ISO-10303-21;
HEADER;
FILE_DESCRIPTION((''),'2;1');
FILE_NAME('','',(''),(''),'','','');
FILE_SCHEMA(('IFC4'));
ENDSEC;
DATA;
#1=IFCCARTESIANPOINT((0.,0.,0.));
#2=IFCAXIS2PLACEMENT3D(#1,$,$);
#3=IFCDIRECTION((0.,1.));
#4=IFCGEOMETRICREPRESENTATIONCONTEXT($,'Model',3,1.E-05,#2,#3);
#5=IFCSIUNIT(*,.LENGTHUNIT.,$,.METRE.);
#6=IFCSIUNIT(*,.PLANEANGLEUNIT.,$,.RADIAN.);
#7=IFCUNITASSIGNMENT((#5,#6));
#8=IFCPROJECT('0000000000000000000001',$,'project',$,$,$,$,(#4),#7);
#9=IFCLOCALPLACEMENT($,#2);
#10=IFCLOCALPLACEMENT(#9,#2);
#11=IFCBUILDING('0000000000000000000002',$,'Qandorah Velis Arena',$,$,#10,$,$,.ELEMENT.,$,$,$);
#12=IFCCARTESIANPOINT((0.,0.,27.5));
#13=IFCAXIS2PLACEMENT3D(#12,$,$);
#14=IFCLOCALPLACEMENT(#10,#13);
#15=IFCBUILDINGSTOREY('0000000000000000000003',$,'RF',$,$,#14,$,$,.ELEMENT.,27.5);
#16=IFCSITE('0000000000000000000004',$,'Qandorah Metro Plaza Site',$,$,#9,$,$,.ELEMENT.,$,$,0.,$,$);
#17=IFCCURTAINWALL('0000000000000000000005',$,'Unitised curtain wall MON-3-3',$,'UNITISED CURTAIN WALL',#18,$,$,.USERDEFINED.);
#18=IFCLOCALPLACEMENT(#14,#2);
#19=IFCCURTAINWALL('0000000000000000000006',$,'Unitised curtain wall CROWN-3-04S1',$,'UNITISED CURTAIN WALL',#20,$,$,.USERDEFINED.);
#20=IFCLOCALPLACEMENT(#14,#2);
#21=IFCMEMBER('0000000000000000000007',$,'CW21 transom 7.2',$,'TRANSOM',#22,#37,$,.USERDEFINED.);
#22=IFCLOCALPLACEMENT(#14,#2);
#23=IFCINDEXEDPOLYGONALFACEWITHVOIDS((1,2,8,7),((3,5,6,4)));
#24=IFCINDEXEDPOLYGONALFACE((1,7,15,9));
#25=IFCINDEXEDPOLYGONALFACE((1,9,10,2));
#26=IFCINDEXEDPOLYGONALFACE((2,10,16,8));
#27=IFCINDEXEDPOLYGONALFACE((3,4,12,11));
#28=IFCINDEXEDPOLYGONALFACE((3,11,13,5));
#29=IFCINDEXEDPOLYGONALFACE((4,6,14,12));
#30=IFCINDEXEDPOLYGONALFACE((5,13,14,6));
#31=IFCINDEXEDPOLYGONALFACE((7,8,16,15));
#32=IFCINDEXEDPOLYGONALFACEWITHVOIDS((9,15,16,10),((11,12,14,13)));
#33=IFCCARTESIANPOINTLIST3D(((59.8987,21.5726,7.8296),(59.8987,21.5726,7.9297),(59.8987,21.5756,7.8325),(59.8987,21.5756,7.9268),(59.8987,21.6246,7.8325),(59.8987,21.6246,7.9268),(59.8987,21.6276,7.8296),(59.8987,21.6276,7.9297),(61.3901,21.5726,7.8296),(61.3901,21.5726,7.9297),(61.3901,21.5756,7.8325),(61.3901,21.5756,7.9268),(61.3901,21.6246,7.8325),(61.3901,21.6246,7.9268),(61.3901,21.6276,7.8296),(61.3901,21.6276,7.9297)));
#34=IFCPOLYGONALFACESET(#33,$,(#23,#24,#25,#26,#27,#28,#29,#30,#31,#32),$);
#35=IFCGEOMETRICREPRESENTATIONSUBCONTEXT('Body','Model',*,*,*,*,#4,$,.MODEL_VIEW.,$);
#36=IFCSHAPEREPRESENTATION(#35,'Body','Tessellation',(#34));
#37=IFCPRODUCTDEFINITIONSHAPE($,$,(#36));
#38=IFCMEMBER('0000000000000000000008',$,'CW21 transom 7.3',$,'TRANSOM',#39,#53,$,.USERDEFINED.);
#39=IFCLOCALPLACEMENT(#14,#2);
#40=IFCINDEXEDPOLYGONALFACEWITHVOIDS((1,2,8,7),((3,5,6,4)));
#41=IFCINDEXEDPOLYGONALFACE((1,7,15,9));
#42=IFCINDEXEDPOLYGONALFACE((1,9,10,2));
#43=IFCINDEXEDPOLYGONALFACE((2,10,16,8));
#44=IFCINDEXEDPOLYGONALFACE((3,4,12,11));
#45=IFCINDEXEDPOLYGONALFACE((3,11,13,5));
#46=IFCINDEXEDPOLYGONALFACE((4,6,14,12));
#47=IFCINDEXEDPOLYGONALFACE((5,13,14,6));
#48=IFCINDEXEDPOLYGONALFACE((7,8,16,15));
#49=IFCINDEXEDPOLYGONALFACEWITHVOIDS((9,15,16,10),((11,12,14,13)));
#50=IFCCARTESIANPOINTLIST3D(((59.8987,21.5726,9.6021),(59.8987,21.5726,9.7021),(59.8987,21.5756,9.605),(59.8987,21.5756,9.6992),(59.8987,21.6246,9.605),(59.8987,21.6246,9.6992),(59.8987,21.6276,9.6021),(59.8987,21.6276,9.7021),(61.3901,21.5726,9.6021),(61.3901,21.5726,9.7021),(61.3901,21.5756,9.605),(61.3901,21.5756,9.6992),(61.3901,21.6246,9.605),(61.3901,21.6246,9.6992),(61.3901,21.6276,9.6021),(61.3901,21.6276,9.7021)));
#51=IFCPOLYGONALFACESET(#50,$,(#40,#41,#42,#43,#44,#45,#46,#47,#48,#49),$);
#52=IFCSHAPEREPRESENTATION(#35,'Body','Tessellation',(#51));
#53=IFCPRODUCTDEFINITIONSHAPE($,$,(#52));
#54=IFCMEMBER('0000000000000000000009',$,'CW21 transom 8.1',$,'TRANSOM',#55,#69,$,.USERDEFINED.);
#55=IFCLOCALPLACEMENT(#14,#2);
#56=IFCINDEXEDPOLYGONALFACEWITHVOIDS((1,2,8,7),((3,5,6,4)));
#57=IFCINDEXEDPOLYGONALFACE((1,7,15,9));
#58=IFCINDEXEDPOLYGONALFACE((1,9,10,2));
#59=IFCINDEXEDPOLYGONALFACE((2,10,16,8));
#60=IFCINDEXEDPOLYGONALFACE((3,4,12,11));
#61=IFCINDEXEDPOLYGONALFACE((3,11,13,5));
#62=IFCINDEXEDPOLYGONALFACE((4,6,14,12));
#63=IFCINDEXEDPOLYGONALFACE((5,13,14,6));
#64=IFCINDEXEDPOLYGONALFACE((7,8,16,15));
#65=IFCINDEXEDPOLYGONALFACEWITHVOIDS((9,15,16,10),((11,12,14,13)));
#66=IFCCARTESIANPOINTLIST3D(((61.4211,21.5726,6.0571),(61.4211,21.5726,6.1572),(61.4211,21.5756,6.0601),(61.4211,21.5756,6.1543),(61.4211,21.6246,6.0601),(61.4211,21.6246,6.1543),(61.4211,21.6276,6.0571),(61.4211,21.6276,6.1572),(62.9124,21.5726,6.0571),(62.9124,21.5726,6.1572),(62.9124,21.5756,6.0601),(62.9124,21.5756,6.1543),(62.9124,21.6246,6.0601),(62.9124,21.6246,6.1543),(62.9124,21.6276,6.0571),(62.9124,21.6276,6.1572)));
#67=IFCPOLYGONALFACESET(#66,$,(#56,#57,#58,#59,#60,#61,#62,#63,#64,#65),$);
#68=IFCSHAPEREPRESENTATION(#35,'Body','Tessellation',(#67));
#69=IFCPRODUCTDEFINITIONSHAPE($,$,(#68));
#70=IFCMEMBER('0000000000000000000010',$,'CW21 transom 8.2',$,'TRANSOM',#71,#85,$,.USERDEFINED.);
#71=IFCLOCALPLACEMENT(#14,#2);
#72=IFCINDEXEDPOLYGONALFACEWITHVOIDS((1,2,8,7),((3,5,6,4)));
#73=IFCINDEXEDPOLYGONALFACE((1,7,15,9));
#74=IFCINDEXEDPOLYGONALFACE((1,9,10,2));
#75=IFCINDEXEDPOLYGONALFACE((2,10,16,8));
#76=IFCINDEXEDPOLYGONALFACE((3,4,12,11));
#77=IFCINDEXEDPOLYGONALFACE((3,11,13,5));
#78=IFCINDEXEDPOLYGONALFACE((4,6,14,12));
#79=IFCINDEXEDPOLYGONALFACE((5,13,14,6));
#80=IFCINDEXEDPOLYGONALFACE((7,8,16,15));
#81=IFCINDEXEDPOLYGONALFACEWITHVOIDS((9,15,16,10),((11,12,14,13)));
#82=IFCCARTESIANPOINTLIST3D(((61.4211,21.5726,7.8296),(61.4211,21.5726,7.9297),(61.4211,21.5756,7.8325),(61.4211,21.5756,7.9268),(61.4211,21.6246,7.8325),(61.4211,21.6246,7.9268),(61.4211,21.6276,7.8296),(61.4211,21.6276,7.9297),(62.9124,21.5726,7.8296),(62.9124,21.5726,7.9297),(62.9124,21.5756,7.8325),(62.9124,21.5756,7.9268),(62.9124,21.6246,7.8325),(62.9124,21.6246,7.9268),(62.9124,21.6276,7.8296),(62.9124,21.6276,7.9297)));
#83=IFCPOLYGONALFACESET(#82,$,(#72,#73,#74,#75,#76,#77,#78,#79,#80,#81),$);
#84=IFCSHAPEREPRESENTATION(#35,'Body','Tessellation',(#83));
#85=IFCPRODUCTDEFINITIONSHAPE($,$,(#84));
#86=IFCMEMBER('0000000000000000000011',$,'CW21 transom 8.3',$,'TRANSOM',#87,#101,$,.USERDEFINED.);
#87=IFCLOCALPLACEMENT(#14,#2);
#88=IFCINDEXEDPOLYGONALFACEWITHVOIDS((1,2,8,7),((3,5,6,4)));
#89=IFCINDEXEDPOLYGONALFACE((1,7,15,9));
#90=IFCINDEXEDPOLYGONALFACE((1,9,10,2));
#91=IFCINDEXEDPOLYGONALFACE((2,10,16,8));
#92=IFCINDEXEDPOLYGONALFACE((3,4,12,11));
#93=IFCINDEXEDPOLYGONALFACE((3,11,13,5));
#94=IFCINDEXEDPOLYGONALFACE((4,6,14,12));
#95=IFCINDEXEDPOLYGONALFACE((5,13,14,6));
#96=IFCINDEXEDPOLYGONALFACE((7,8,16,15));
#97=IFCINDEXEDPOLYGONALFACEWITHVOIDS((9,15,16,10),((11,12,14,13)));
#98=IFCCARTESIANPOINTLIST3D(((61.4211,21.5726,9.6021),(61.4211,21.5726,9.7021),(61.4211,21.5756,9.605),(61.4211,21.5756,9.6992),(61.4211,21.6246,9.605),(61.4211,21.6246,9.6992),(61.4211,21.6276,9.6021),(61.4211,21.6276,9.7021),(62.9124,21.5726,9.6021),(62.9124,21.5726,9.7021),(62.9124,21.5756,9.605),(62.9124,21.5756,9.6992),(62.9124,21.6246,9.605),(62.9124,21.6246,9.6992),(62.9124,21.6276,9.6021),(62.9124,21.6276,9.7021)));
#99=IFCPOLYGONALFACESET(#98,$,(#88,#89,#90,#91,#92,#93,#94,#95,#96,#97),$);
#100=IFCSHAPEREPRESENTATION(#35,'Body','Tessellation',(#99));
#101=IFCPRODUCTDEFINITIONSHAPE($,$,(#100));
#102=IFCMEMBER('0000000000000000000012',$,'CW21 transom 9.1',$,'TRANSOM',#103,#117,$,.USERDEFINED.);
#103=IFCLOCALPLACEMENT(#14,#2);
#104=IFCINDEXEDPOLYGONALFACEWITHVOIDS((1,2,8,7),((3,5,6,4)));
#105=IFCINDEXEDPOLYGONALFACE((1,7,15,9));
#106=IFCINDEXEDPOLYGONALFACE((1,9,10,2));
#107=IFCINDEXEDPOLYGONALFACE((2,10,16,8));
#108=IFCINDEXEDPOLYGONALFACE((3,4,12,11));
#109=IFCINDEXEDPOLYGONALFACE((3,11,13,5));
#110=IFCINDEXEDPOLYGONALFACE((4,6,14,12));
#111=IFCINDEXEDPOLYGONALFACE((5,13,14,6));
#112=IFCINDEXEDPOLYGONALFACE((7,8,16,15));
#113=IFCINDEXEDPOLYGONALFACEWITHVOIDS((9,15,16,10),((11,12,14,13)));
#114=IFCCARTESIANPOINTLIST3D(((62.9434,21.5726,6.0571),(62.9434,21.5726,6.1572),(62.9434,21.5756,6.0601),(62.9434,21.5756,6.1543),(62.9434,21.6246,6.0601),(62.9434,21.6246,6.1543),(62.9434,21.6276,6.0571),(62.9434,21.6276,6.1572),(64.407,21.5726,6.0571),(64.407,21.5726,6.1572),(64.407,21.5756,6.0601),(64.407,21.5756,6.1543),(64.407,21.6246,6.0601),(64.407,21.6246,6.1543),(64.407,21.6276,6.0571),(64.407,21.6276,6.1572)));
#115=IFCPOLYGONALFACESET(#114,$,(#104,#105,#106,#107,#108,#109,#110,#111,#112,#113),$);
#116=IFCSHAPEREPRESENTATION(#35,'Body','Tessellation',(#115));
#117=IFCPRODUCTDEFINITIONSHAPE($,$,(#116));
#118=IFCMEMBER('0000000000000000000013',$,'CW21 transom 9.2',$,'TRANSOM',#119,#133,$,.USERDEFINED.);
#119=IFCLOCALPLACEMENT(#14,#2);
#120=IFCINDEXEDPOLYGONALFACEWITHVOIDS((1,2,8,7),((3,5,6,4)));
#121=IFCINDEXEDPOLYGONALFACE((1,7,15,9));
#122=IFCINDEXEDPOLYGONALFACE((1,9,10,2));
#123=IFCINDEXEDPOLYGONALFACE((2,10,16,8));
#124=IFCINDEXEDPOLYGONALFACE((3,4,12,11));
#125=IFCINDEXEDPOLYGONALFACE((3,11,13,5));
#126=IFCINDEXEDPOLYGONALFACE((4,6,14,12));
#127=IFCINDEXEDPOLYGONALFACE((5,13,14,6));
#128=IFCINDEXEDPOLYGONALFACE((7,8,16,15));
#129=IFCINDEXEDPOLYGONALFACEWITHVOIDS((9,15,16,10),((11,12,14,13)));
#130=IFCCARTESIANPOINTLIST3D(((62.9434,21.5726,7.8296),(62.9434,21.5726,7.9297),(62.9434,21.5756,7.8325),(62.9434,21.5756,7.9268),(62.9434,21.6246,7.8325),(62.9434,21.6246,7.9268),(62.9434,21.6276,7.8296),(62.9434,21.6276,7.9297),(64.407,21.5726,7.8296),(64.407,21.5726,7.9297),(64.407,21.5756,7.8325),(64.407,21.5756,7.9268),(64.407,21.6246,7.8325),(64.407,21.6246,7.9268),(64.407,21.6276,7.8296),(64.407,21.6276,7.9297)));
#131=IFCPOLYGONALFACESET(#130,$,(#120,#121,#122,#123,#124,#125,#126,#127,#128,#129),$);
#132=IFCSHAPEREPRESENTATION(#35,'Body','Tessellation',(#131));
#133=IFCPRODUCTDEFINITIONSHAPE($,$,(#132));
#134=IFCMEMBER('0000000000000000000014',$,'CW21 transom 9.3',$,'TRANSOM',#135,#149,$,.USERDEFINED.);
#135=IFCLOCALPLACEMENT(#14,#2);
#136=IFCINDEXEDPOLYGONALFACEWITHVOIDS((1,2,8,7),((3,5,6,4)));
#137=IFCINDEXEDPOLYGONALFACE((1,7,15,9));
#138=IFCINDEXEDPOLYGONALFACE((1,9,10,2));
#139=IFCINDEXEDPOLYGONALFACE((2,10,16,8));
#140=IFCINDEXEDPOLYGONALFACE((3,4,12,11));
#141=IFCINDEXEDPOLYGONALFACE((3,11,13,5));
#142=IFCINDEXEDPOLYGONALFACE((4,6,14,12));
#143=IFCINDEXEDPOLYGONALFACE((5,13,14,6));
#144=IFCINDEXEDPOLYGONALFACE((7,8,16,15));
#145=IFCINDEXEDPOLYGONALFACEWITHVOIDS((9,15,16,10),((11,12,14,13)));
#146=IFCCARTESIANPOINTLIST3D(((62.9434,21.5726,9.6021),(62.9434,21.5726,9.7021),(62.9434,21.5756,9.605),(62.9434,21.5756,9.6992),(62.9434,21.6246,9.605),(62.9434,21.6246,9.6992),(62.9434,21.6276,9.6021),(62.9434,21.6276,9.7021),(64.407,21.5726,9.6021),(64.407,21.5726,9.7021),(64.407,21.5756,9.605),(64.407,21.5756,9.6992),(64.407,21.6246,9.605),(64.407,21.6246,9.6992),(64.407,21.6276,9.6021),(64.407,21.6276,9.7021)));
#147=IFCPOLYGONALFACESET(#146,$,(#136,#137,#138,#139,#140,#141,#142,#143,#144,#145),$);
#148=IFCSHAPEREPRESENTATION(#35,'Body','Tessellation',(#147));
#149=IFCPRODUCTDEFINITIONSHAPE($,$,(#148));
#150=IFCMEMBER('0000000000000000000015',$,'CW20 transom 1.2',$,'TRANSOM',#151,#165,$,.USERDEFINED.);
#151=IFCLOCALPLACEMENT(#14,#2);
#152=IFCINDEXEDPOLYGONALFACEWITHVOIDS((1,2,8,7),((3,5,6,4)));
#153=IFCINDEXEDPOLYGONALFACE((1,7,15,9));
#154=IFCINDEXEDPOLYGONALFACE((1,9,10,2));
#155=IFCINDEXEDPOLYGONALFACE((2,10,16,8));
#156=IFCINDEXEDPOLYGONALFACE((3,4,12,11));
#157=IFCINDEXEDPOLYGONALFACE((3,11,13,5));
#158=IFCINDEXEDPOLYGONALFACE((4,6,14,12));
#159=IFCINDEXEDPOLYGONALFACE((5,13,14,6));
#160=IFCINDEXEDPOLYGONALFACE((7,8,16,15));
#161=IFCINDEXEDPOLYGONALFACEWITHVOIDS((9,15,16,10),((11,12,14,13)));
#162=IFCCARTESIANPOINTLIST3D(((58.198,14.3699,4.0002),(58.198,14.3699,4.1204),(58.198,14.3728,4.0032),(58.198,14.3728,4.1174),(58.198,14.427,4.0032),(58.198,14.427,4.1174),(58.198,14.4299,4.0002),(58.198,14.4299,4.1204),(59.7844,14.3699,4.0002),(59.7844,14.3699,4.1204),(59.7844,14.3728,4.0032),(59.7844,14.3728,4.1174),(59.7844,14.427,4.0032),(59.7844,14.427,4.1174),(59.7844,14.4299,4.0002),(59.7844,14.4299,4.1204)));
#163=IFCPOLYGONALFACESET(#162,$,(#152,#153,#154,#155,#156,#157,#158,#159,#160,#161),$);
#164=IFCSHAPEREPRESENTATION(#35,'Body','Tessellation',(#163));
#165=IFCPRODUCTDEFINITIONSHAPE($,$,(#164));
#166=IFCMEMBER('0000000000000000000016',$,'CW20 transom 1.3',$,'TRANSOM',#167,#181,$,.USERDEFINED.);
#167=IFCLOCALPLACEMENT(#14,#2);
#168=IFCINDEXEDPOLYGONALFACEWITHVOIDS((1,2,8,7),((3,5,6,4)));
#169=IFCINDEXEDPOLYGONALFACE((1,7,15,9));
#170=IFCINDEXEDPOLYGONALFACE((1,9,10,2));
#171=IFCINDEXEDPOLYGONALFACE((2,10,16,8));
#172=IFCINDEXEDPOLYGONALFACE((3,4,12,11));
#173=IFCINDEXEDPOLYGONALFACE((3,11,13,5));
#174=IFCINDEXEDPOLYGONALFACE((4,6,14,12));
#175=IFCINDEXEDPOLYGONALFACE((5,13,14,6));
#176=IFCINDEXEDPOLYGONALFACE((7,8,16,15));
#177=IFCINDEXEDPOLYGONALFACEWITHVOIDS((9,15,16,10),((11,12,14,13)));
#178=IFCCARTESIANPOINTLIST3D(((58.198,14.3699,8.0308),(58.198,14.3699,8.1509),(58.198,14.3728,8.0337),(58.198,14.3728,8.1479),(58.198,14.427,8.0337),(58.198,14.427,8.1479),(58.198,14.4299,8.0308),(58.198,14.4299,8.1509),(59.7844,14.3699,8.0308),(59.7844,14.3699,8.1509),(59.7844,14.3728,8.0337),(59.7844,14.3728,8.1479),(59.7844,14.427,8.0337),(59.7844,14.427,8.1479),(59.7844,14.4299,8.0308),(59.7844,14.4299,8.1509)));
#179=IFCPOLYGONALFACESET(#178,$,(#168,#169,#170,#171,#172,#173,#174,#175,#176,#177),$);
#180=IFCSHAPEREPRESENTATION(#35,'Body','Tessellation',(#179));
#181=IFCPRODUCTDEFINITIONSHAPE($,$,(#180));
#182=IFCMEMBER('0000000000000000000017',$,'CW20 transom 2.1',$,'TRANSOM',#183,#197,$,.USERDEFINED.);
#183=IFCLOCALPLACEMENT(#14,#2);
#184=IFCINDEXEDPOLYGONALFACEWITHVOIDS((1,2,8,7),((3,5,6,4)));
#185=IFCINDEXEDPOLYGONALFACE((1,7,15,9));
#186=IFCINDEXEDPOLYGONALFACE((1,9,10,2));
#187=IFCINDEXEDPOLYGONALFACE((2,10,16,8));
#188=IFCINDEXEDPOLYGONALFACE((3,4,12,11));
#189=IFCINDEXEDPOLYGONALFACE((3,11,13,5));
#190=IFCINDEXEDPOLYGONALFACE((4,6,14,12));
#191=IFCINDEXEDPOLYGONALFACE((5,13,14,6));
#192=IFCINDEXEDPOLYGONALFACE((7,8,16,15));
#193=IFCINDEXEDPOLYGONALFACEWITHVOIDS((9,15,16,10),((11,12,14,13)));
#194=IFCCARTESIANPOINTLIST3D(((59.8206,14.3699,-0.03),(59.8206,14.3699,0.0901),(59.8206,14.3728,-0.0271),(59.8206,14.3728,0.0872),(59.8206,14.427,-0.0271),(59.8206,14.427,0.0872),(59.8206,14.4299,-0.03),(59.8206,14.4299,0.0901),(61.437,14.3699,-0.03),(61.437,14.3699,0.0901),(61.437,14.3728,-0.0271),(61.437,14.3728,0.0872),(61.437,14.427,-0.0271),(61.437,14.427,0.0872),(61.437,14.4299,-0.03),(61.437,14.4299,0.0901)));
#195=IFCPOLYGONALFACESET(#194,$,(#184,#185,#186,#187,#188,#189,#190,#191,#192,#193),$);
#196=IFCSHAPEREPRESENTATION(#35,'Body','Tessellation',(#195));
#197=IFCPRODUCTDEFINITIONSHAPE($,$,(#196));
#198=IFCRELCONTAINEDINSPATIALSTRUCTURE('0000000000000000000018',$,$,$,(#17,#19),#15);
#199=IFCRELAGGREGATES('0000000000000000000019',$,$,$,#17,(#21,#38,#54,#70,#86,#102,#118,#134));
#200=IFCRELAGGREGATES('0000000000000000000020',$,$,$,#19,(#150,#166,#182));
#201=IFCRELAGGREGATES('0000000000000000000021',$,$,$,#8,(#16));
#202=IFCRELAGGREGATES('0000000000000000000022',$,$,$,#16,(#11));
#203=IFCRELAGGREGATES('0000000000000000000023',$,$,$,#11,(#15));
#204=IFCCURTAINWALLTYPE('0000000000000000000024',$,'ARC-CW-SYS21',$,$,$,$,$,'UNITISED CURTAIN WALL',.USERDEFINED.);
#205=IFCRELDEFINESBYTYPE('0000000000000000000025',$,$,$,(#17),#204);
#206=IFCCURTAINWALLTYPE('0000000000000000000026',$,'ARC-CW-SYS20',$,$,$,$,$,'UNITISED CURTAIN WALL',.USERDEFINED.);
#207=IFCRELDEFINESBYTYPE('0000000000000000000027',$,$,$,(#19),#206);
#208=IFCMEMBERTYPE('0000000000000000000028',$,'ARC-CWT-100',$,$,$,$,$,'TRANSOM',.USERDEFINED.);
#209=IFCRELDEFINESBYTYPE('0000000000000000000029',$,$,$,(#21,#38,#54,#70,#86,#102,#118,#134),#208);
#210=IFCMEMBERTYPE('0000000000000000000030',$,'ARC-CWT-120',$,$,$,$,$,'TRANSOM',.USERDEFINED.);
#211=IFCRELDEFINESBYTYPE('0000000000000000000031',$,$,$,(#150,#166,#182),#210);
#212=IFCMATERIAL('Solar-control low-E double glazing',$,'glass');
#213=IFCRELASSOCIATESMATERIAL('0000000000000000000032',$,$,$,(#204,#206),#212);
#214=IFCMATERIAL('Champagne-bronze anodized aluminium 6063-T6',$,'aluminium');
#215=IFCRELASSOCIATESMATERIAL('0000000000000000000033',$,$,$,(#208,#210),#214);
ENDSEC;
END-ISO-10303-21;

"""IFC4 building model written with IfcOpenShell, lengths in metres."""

from ifc_helpers import new_model, si_unit, direction, frame, origin, origin_2d, place, context, subcontext, project, spatial, hollow_rectangle, extrude, material, material_profile, profile_set, type_object, element, aggregate, save


model = new_model("IFC4")

# Units and contexts
model_context = context("Model", 3, precision=1e-05, world=origin(), true_north=direction((0.0, 1.0)))
body_context = subcontext(model_context, "Body", "Model", "MODEL_VIEW")
ifc_project = project(units=[si_unit("LENGTHUNIT", "METRE"), si_unit("PLANEANGLEUNIT", "RADIAN")], contexts=[model_context])

# Site, building, storey
site_placement = place(None, origin())
site = spatial("IfcSite", under=ifc_project, at=site_placement, Name="Qandorah Metro Plaza Site", CompositionType="ELEMENT", RefElevation=0.0)
building_placement = place(site_placement, origin())
building = spatial("IfcBuilding", under=site, at=building_placement, Name="Qandorah Velis Arena", CompositionType="ELEMENT")
storey_placement = place(building_placement, frame((0.0, 0.0, 27.5)))
storey = spatial("IfcBuildingStorey", under=building, at=storey_placement, Name="RF", CompositionType="ELEMENT", Elevation=27.5)

# Curtain walls
ifc_material_1 = material(Name="Solar-control low-E double glazing", Category="glass")
curtain_wall_type_1 = type_object("IfcCurtainWallType", Name="ARC-CW-SYS21", ElementType="UNITISED CURTAIN WALL", PredefinedType="USERDEFINED", material=ifc_material_1)
curtain_wall_1_placement = place(storey_placement, origin())
curtain_wall_1 = element("IfcCurtainWall", 1, at=curtain_wall_1_placement, inside=storey, type_object=curtain_wall_type_1, Name="Unitised curtain wall MON-3-3", ObjectType="UNITISED CURTAIN WALL", PredefinedType="USERDEFINED")
ifc_material_2 = material(Name="Champagne-bronze anodized aluminium 6063-T6", Category="aluminium")
curtain_wall_type_2 = type_object("IfcCurtainWallType", Name="ARC-CW-SYS20", ElementType="UNITISED CURTAIN WALL", PredefinedType="USERDEFINED", material=ifc_material_1)
curtain_wall_2_placement = place(storey_placement, origin())
curtain_wall_2 = element("IfcCurtainWall", 2, at=curtain_wall_2_placement, inside=storey, type_object=curtain_wall_type_2, Name="Unitised curtain wall CROWN-3-04S1", ObjectType="UNITISED CURTAIN WALL", PredefinedType="USERDEFINED")

# Members
ifc_material_profile_1 = material_profile(ifc_material_2, hollow_rectangle(XDim=0.0549, YDim=0.1001, WallThickness=0.0029, at=origin_2d()), Name="ALU TRANSOM 55x100")
ifc_profile_set_1 = profile_set([ifc_material_profile_1], Name="Champagne-bronze anodized aluminium 6063-T6")
member_type_1 = type_object("IfcMemberType", Name="ARC-CWT-100", ElementType="TRANSOM", PredefinedType="USERDEFINED", material=ifc_profile_set_1)
member_1_placement = place(storey_placement, frame((59.8987, 21.6001, 7.8796), z_axis=(1.0, 0.0, 0.0), x_axis=(0.0, 1.0, 0.0)))
member_1 = element("IfcMember", 3, at=member_1_placement, type_object=member_type_1, Name="CW21 transom 7.2", ObjectType="TRANSOM", PredefinedType="USERDEFINED", context=body_context, shape_type="SweptSolid", body=[
    extrude(hollow_rectangle(XDim=0.0549, YDim=0.1001, WallThickness=0.0029, at=origin_2d()), origin(), (0.0, 0.0, 1.0), 1.4915),
])
member_2_placement = place(storey_placement, frame((59.8987, 21.6001, 9.6521), z_axis=(1.0, 0.0, 0.0), x_axis=(0.0, 1.0, 0.0)))
member_2 = element("IfcMember", 4, at=member_2_placement, type_object=member_type_1, Name="CW21 transom 7.3", ObjectType="TRANSOM", PredefinedType="USERDEFINED", context=body_context, shape_type="SweptSolid", body=[
    extrude(hollow_rectangle(XDim=0.0549, YDim=0.1001, WallThickness=0.0029, at=origin_2d()), origin(), (0.0, 0.0, 1.0), 1.4915),
])
member_3_placement = place(storey_placement, frame((61.4211, 21.6001, 6.1072), z_axis=(1.0, 0.0, 0.0), x_axis=(0.0, 1.0, 0.0)))
member_3 = element("IfcMember", 5, at=member_3_placement, type_object=member_type_1, Name="CW21 transom 8.1", ObjectType="TRANSOM", PredefinedType="USERDEFINED", context=body_context, shape_type="SweptSolid", body=[
    extrude(hollow_rectangle(XDim=0.0549, YDim=0.1001, WallThickness=0.0029, at=origin_2d()), origin(), (0.0, 0.0, 1.0), 1.4912),
])
member_4_placement = place(storey_placement, frame((61.4211, 21.6001, 7.8796), z_axis=(1.0, 0.0, 0.0), x_axis=(0.0, 1.0, 0.0)))
member_4 = element("IfcMember", 6, at=member_4_placement, type_object=member_type_1, Name="CW21 transom 8.2", ObjectType="TRANSOM", PredefinedType="USERDEFINED", context=body_context, shape_type="SweptSolid", body=[
    extrude(hollow_rectangle(XDim=0.0549, YDim=0.1001, WallThickness=0.0029, at=origin_2d()), origin(), (0.0, 0.0, 1.0), 1.4912),
])
member_5_placement = place(storey_placement, frame((61.4211, 21.6001, 9.6521), z_axis=(1.0, 0.0, 0.0), x_axis=(0.0, 1.0, 0.0)))
member_5 = element("IfcMember", 7, at=member_5_placement, type_object=member_type_1, Name="CW21 transom 8.3", ObjectType="TRANSOM", PredefinedType="USERDEFINED", context=body_context, shape_type="SweptSolid", body=[
    extrude(hollow_rectangle(XDim=0.0549, YDim=0.1001, WallThickness=0.0029, at=origin_2d()), origin(), (0.0, 0.0, 1.0), 1.4912),
])
member_6_placement = place(storey_placement, frame((62.9434, 21.6001, 6.1072), z_axis=(1.0, 0.0, 0.0), x_axis=(0.0, 1.0, 0.0)))
member_6 = element("IfcMember", 8, at=member_6_placement, type_object=member_type_1, Name="CW21 transom 9.1", ObjectType="TRANSOM", PredefinedType="USERDEFINED", context=body_context, shape_type="SweptSolid", body=[
    extrude(hollow_rectangle(XDim=0.0549, YDim=0.1001, WallThickness=0.0029, at=origin_2d()), origin(), (0.0, 0.0, 1.0), 1.4636),
])
member_7_placement = place(storey_placement, frame((62.9434, 21.6001, 7.8796), z_axis=(1.0, 0.0, 0.0), x_axis=(0.0, 1.0, 0.0)))
member_7 = element("IfcMember", 9, at=member_7_placement, type_object=member_type_1, Name="CW21 transom 9.2", ObjectType="TRANSOM", PredefinedType="USERDEFINED", context=body_context, shape_type="SweptSolid", body=[
    extrude(hollow_rectangle(XDim=0.0549, YDim=0.1001, WallThickness=0.0029, at=origin_2d()), origin(), (0.0, 0.0, 1.0), 1.4636),
])
member_8_placement = place(storey_placement, frame((62.9434, 21.6001, 9.6521), z_axis=(1.0, 0.0, 0.0), x_axis=(0.0, 1.0, 0.0)))
member_8 = element("IfcMember", 10, at=member_8_placement, type_object=member_type_1, Name="CW21 transom 9.3", ObjectType="TRANSOM", PredefinedType="USERDEFINED", context=body_context, shape_type="SweptSolid", body=[
    extrude(hollow_rectangle(XDim=0.0549, YDim=0.1001, WallThickness=0.0029, at=origin_2d()), origin(), (0.0, 0.0, 1.0), 1.4636),
])
ifc_material_profile_2 = material_profile(ifc_material_2, hollow_rectangle(XDim=0.0601, YDim=0.1201, WallThickness=0.0029, at=origin_2d()), Name="ALU TRANSOM 60x120")
ifc_profile_set_2 = profile_set([ifc_material_profile_2], Name="Champagne-bronze anodized aluminium 6063-T6")
member_type_2 = type_object("IfcMemberType", Name="ARC-CWT-120", ElementType="TRANSOM", PredefinedType="USERDEFINED", material=ifc_profile_set_2)
member_9_placement = place(storey_placement, frame((58.198, 14.3999, 4.0603), z_axis=(1.0, 0.0, 0.0), x_axis=(0.0, 1.0, 0.0)))
member_9 = element("IfcMember", 11, at=member_9_placement, type_object=member_type_2, Name="CW20 transom 1.2", ObjectType="TRANSOM", PredefinedType="USERDEFINED", context=body_context, shape_type="SweptSolid", body=[
    extrude(hollow_rectangle(XDim=0.0601, YDim=0.1201, WallThickness=0.0029, at=origin_2d()), origin(), (0.0, 0.0, 1.0), 1.5864),
])
member_10_placement = place(storey_placement, frame((58.198, 14.3999, 8.0908), z_axis=(1.0, 0.0, 0.0), x_axis=(0.0, 1.0, 0.0)))
member_10 = element("IfcMember", 12, at=member_10_placement, type_object=member_type_2, Name="CW20 transom 1.3", ObjectType="TRANSOM", PredefinedType="USERDEFINED", context=body_context, shape_type="SweptSolid", body=[
    extrude(hollow_rectangle(XDim=0.0601, YDim=0.1201, WallThickness=0.0029, at=origin_2d()), origin(), (0.0, 0.0, 1.0), 1.5864),
])
member_11_placement = place(storey_placement, frame((59.8206, 14.3999, 0.03), z_axis=(1.0, 0.0, 0.0), x_axis=(0.0, 1.0, 0.0)))
member_11 = element("IfcMember", 13, at=member_11_placement, type_object=member_type_2, Name="CW20 transom 2.1", ObjectType="TRANSOM", PredefinedType="USERDEFINED", context=body_context, shape_type="SweptSolid", body=[
    extrude(hollow_rectangle(XDim=0.0601, YDim=0.1201, WallThickness=0.0029, at=origin_2d()), origin(), (0.0, 0.0, 1.0), 1.6165),
])

aggregate(curtain_wall_1, [member_1, member_2, member_3, member_4, member_5, member_6, member_7, member_8])
aggregate(curtain_wall_2, [member_9, member_10, member_11])

save(model, "model.ifc")
